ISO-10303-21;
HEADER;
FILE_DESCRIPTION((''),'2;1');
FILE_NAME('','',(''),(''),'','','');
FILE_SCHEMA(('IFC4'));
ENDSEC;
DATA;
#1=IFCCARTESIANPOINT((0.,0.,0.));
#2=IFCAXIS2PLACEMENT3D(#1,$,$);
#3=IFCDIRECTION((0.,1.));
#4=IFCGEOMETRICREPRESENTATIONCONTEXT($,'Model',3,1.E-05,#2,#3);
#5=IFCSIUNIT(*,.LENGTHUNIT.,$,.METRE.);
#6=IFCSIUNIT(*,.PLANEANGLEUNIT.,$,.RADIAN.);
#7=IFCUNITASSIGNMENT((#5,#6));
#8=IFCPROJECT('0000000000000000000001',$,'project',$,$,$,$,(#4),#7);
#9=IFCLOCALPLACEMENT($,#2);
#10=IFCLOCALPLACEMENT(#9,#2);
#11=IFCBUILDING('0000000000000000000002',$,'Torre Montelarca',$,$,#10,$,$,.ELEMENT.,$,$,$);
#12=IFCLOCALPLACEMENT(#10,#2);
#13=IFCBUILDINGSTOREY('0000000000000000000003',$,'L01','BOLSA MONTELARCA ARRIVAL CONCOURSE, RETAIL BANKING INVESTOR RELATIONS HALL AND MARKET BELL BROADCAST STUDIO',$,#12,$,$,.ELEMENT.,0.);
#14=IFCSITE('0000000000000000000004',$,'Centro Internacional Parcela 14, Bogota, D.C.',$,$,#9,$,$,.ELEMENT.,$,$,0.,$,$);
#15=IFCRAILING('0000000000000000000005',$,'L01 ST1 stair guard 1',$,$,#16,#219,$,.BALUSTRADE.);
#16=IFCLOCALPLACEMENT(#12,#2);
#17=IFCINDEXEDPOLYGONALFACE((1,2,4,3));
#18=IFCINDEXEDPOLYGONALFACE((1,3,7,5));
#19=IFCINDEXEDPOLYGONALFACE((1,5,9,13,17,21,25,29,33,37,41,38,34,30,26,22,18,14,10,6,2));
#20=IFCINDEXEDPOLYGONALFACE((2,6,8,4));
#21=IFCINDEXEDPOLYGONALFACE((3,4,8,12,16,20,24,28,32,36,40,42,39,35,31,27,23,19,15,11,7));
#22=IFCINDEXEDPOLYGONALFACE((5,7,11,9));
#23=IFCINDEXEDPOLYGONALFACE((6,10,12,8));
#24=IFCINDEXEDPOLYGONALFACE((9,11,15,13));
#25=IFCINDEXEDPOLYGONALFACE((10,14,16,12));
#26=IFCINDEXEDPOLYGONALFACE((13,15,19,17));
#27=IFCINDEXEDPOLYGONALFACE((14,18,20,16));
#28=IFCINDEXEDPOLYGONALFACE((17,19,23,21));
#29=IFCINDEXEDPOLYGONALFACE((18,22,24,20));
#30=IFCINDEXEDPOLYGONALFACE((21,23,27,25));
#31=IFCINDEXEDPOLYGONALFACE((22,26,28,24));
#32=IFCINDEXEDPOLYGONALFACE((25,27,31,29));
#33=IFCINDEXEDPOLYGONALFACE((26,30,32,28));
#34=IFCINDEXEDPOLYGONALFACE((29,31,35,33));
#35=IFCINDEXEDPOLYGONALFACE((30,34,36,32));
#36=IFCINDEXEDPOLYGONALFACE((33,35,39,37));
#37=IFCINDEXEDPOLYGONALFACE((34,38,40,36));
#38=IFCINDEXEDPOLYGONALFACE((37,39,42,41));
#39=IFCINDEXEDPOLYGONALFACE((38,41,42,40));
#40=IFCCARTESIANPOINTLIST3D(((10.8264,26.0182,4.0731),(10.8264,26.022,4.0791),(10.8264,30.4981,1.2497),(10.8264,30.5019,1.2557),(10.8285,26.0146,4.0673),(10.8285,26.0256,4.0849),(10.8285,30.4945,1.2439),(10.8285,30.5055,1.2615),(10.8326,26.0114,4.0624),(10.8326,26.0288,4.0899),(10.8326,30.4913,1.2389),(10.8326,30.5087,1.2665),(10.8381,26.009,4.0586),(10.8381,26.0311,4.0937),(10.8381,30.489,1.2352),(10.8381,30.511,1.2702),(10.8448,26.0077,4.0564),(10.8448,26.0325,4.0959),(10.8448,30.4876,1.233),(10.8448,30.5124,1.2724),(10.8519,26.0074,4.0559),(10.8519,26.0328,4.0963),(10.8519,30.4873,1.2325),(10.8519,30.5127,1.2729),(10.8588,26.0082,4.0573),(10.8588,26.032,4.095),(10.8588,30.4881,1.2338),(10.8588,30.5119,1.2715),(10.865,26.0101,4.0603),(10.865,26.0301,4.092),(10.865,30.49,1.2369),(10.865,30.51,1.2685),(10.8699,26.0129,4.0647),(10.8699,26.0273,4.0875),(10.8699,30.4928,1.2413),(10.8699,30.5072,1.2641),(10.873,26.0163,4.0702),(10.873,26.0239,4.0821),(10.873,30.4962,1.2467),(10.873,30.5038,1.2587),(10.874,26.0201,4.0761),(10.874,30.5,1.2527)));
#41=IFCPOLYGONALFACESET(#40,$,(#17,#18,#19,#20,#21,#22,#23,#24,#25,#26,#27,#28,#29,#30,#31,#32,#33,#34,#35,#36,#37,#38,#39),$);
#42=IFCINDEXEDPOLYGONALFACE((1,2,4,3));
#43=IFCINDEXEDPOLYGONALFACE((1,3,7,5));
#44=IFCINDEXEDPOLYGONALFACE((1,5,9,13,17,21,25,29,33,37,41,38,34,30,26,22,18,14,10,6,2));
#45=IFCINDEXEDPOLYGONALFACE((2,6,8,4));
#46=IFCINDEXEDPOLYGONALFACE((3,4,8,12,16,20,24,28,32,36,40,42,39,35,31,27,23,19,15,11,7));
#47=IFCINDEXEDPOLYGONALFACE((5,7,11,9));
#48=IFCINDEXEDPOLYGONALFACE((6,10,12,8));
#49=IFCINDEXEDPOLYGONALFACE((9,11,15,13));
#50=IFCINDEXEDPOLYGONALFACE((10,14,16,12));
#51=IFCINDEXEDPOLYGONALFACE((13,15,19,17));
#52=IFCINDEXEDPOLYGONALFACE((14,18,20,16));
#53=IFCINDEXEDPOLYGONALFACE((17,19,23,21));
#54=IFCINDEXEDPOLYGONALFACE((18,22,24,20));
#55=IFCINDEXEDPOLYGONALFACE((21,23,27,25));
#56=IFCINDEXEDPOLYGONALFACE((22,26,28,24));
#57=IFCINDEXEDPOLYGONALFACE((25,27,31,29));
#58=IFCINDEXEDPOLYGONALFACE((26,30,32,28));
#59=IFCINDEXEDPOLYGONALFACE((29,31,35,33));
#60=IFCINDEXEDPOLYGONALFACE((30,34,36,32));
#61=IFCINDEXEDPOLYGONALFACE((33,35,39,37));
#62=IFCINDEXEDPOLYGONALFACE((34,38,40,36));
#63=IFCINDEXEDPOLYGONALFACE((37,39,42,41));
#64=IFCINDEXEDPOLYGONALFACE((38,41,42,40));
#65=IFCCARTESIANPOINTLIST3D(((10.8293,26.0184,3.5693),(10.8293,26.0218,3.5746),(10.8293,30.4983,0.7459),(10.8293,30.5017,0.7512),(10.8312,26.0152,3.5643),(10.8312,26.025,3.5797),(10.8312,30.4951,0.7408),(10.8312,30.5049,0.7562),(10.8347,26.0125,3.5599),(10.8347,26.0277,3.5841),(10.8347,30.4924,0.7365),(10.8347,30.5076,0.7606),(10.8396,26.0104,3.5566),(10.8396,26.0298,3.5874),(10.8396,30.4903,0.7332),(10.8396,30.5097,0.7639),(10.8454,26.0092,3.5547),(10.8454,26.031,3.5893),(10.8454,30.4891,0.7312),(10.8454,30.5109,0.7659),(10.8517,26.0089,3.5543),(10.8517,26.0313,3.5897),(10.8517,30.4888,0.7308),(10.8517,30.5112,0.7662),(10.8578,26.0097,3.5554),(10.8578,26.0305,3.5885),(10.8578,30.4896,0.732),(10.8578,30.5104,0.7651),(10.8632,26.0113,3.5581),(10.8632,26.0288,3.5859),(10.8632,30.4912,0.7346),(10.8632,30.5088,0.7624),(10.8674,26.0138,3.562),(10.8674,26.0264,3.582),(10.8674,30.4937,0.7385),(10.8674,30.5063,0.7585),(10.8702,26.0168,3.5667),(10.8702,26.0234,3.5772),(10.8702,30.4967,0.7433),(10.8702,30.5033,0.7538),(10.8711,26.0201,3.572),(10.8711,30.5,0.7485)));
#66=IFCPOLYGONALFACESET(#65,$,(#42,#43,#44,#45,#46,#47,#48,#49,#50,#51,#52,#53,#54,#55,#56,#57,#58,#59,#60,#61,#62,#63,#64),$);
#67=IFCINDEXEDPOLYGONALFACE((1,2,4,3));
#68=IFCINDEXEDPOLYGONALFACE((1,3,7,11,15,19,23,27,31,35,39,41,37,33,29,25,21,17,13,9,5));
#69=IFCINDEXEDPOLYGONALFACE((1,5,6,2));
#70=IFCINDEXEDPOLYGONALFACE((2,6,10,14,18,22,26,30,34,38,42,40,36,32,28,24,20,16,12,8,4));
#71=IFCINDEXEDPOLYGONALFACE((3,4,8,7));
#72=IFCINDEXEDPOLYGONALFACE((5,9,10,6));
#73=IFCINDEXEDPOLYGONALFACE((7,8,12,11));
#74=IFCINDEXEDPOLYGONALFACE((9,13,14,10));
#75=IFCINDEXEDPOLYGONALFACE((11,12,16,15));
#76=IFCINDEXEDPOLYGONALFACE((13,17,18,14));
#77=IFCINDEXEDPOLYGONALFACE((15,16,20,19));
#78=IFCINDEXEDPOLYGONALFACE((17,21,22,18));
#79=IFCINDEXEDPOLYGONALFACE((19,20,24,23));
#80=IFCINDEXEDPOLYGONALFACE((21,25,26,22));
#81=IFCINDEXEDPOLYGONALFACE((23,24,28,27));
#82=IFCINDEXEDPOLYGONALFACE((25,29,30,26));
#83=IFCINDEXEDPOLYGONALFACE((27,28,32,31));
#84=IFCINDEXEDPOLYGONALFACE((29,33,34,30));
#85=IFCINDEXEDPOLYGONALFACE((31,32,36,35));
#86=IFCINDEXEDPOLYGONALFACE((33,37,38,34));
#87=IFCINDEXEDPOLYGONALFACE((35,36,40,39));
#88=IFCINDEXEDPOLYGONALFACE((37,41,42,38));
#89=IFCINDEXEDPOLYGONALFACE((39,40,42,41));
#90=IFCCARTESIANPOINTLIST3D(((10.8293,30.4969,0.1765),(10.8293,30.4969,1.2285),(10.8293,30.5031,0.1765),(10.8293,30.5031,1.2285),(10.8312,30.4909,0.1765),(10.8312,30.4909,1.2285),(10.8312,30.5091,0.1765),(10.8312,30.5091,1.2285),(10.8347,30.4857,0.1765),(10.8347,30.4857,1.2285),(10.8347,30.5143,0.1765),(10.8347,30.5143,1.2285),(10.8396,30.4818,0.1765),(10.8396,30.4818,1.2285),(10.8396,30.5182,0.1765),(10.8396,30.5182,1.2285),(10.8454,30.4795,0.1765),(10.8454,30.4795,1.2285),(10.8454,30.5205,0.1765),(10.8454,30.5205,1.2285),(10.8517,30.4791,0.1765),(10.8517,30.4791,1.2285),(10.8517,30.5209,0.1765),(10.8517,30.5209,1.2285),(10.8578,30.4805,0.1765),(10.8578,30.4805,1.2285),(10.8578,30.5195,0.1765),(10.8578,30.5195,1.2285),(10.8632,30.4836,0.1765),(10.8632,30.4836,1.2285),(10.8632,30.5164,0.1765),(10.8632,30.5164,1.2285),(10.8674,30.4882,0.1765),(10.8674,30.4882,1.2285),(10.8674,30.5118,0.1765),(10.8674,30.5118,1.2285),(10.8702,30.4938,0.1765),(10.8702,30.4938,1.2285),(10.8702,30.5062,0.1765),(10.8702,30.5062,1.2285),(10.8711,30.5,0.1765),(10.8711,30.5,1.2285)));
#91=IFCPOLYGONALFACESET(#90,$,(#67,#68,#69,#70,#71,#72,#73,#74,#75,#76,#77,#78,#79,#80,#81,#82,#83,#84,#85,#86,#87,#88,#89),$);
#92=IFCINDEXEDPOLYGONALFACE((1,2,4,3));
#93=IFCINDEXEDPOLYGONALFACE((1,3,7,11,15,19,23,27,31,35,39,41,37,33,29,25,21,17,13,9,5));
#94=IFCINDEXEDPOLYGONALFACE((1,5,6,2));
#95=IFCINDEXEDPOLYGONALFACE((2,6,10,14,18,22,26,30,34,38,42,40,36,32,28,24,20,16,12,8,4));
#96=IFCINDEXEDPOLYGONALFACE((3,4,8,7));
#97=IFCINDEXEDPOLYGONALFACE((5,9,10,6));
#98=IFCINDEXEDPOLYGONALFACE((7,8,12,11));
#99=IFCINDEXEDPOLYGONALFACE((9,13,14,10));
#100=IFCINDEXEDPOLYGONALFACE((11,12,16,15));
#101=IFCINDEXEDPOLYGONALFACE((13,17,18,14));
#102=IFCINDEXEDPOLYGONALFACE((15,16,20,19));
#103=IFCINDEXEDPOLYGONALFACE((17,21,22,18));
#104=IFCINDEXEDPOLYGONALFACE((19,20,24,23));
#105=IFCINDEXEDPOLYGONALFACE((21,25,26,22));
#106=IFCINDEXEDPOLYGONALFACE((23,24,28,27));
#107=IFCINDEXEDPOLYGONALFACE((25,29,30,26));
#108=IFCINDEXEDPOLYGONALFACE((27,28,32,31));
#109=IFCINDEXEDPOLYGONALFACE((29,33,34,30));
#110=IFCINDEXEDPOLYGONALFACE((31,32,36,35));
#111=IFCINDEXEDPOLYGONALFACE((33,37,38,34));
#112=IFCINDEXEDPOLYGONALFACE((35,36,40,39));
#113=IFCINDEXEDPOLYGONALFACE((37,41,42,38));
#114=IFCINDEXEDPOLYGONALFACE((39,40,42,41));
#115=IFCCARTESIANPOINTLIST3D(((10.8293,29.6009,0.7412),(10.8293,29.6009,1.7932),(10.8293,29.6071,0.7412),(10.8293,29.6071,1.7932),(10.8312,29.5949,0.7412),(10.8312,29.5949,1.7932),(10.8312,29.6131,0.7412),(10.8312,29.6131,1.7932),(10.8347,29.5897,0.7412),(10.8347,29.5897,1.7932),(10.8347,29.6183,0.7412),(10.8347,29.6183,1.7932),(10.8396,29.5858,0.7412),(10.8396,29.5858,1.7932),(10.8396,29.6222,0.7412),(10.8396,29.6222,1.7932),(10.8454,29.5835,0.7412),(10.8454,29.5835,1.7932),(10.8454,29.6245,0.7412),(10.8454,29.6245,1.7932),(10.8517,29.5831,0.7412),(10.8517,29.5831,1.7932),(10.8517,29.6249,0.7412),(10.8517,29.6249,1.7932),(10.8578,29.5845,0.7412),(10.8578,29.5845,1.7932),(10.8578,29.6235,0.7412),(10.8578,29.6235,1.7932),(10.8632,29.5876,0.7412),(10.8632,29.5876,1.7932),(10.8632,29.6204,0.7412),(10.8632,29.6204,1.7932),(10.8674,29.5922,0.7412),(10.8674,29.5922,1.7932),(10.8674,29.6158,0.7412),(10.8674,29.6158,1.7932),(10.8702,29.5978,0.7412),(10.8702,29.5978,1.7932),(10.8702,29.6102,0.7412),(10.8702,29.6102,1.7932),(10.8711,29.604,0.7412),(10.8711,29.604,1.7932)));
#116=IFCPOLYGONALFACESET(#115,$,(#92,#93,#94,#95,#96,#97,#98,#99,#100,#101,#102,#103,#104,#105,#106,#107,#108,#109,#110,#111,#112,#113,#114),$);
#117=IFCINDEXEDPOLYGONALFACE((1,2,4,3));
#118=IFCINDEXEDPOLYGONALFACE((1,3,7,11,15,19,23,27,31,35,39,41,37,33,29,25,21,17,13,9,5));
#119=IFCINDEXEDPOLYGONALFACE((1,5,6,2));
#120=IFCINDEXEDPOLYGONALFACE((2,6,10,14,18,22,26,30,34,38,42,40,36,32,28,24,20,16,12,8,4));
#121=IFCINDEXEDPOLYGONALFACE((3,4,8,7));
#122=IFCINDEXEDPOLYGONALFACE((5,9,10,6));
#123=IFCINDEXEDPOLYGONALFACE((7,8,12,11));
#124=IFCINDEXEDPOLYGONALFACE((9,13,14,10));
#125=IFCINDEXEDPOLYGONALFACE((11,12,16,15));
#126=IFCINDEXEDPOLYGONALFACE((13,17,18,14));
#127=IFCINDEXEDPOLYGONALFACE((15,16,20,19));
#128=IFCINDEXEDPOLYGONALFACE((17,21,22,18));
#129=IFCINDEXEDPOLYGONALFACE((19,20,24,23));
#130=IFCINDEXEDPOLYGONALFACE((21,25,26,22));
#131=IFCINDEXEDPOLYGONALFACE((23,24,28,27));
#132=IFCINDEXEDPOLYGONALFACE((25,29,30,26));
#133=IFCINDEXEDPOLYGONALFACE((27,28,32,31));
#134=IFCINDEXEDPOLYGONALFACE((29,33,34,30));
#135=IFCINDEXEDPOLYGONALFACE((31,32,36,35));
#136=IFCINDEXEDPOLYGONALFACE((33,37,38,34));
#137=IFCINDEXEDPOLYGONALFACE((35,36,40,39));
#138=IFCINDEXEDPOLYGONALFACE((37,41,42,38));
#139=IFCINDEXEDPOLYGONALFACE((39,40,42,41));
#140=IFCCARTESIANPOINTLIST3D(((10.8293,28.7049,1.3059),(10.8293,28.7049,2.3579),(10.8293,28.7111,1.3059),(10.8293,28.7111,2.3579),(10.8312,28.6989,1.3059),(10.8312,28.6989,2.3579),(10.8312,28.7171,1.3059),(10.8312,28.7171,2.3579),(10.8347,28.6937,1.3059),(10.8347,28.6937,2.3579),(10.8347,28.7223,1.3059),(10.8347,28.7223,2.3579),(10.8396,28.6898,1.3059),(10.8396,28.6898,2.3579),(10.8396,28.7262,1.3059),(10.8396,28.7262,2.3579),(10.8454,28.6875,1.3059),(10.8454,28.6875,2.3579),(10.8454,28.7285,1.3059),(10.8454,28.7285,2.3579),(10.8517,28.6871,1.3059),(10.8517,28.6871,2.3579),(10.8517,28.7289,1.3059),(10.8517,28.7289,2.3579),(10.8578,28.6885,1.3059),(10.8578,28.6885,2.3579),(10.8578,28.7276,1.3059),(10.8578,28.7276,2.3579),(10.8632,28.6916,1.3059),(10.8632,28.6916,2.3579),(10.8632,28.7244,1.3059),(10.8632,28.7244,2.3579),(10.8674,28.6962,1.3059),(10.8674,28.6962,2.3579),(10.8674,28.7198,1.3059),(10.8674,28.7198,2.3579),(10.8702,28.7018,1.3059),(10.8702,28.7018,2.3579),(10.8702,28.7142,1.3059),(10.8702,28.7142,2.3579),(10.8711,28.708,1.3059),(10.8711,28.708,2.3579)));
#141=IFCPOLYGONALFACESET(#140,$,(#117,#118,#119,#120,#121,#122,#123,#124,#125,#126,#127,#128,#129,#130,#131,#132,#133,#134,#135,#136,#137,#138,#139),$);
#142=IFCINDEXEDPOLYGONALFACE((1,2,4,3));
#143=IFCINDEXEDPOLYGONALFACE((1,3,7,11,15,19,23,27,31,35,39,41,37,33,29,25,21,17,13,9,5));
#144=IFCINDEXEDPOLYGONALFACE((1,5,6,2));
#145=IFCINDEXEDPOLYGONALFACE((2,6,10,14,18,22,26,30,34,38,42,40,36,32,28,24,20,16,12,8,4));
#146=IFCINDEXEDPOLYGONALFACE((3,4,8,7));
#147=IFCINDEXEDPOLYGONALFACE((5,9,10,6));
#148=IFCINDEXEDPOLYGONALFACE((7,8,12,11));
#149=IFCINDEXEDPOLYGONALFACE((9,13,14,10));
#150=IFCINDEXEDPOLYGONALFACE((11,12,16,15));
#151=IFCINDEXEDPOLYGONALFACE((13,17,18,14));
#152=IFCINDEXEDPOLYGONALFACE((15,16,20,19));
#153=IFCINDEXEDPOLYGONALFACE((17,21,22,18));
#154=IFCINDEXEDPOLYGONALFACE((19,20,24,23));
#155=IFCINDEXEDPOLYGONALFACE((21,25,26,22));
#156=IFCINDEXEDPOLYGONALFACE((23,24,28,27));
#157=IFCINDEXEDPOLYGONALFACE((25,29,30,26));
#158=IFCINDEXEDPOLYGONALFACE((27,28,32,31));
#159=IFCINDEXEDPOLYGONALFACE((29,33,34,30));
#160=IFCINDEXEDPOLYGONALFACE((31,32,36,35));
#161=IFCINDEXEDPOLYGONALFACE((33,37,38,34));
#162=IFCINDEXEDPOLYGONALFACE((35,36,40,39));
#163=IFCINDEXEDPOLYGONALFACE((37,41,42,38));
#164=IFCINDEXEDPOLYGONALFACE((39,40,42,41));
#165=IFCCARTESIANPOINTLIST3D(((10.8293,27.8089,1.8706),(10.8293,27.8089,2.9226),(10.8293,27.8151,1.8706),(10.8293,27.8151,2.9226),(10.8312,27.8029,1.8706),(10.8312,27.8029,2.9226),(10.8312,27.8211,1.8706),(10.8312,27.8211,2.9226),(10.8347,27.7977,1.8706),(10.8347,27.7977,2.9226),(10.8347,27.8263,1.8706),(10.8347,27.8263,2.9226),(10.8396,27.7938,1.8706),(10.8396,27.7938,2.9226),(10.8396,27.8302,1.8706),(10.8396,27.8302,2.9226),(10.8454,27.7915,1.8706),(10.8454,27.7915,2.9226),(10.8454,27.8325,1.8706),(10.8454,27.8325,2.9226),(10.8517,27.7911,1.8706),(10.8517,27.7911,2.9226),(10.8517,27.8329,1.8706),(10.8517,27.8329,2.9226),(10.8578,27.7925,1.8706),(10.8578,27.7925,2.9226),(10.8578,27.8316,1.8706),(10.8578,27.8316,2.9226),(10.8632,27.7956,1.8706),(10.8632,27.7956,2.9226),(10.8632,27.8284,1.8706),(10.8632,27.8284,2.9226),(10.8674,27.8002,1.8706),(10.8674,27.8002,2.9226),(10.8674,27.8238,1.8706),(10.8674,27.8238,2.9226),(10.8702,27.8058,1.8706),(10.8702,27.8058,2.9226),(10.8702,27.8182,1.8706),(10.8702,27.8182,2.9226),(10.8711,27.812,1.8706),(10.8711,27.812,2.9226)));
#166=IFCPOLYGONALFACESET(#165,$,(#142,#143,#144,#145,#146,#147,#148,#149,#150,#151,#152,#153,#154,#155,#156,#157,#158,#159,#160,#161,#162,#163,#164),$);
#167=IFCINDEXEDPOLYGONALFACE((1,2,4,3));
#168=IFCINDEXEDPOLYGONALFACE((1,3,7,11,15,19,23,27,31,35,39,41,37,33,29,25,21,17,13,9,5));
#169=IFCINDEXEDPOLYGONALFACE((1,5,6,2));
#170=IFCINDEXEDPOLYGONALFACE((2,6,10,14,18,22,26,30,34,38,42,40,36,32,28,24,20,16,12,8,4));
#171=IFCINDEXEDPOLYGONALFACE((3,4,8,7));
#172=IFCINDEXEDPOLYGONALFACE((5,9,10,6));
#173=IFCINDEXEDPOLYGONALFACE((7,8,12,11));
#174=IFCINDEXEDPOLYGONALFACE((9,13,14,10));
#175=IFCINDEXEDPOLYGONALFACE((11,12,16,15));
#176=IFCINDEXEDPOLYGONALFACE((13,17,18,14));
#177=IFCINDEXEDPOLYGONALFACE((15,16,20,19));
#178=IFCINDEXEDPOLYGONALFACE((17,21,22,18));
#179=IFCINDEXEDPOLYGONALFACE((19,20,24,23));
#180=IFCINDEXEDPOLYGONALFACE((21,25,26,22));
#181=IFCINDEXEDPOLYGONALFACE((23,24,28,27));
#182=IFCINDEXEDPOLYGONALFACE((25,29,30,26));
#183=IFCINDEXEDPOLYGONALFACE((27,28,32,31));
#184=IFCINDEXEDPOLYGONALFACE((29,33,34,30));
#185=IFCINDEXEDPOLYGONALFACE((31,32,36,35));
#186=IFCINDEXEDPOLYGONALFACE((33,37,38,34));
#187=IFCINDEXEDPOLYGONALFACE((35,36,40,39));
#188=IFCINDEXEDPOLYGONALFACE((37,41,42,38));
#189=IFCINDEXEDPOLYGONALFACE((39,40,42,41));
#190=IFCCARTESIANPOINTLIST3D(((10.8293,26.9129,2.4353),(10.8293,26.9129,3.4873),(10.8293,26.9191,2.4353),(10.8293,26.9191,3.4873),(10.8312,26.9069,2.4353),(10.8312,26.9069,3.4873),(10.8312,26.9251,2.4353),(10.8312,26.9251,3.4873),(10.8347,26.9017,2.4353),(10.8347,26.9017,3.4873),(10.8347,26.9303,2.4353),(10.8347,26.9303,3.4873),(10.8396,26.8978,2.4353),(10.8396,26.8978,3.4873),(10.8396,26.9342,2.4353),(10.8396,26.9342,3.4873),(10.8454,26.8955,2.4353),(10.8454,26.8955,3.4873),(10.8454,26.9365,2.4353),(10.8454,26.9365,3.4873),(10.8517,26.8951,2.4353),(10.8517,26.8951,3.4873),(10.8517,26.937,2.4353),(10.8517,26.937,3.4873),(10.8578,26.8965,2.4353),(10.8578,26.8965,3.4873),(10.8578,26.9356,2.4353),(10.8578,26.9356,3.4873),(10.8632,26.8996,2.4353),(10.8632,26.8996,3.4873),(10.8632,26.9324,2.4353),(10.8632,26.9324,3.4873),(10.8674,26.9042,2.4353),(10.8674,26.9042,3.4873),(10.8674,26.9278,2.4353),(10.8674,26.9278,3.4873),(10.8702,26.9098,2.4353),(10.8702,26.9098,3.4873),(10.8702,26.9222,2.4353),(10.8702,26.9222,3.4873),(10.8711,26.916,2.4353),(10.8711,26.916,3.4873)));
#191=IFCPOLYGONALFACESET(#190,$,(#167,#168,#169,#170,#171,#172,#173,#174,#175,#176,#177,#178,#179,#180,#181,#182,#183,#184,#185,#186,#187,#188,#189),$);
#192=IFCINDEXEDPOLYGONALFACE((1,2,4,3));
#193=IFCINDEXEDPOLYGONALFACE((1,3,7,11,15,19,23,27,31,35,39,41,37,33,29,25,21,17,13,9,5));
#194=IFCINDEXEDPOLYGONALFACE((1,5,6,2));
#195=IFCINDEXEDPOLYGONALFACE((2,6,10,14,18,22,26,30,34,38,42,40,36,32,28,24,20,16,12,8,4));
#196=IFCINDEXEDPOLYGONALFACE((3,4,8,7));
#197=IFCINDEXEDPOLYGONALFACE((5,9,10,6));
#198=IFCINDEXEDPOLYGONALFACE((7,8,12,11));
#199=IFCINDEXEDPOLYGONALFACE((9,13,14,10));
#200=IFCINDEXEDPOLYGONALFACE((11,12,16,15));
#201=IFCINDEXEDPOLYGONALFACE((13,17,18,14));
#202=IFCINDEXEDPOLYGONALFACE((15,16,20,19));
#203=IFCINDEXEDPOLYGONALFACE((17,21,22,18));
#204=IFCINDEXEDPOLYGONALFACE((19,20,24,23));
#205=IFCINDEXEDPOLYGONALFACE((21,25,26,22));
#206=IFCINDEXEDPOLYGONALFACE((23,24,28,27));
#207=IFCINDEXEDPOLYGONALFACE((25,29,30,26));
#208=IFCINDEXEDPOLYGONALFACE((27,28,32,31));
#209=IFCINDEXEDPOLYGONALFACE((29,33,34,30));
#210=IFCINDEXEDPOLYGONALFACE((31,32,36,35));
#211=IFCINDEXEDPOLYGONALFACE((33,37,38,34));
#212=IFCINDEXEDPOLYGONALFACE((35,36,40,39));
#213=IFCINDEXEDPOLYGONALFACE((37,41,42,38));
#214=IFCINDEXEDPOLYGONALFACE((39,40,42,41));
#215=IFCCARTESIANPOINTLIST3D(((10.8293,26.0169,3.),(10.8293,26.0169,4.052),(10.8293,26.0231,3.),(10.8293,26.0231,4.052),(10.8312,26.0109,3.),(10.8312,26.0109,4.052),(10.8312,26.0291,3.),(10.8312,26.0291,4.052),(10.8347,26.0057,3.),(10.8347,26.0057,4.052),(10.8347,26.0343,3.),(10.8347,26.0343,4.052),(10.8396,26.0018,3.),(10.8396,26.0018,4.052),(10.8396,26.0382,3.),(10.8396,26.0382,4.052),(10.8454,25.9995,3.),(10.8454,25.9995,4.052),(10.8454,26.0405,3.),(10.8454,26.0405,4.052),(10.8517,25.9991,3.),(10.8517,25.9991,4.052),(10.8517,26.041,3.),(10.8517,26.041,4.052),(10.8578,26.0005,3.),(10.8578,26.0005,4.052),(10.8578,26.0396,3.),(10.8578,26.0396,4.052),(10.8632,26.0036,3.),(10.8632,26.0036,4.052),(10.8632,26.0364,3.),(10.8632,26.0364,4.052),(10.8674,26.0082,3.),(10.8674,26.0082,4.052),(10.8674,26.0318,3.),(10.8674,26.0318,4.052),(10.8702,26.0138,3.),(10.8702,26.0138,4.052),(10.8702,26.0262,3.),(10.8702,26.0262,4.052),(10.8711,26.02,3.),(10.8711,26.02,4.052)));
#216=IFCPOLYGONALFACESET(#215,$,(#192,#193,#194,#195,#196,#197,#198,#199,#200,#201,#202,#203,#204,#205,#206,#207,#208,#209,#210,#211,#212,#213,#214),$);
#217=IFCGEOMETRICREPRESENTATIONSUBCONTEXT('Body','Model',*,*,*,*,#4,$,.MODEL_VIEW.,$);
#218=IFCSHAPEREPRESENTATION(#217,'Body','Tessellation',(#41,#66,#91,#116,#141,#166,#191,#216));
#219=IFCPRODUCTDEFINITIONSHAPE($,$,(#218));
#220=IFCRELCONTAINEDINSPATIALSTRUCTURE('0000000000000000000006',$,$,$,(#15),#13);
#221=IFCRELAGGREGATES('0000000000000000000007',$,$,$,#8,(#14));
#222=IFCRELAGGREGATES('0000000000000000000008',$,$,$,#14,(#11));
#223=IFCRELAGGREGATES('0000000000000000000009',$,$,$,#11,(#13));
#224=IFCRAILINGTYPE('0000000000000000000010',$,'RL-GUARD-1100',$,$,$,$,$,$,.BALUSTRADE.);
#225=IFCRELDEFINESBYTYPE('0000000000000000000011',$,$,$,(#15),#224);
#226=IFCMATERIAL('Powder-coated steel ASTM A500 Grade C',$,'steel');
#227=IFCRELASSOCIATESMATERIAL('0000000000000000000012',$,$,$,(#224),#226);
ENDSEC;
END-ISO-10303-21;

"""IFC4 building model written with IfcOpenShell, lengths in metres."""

from ifc_helpers import new_model, si_unit, direction, frame, origin, origin_2d, place, context, subcontext, project, spatial, circle, extrude, material, type_object, element, save


model = new_model("IFC4")

# Units and contexts
model_context = context("Model", 3, precision=1e-05, world=origin(), true_north=direction((0.0, 1.0)))
body_context = subcontext(model_context, "Body", "Model", "MODEL_VIEW")
ifc_project = project(units=[si_unit("LENGTHUNIT", "METRE"), si_unit("PLANEANGLEUNIT", "RADIAN")], contexts=[model_context])

# Site, building, storey
site_placement = place(None, origin())
site = spatial("IfcSite", under=ifc_project, at=site_placement, Name="Centro Internacional Parcela 14, Bogota, D.C.", CompositionType="ELEMENT", RefElevation=0.0)
building_placement = place(site_placement, origin())
building = spatial("IfcBuilding", under=site, at=building_placement, Name="Torre Montelarca", CompositionType="ELEMENT")
storey_placement = place(building_placement, origin())
storey = spatial("IfcBuildingStorey", under=building, at=storey_placement, Name="L01", Description="BOLSA MONTELARCA ARRIVAL CONCOURSE, RETAIL BANKING INVESTOR RELATIONS HALL AND MARKET BELL BROADCAST STUDIO", CompositionType="ELEMENT", Elevation=0.0)

# Railing
ifc_material_1 = material(Name="Powder-coated steel ASTM A500 Grade C", Category="steel")
railing_type_1 = type_object("IfcRailingType", Name="RL-GUARD-1100", PredefinedType="BALUSTRADE", material=ifc_material_1)
railing_1_placement = place(storey_placement, frame((10.8501, 30.5, 0.1765)))
element("IfcRailing", 1, at=railing_1_placement, inside=storey, type_object=railing_type_1, Name="L01 ST1 stair guard 1", PredefinedType="BALUSTRADE", context=body_context, shape_type="SweptSolid", body=[
    extrude(circle(Radius=0.0239, at=origin_2d()), frame((0.0, 0.0, 1.0762), z_axis=(0.0, -0.845998, 0.533186), x_axis=(1.0, 0.0, 0.0)), (0.0, 0.0, 1.0), 5.2954),
    extrude(circle(Radius=0.021, at=origin_2d()), frame((0.0, 0.0, 0.572), z_axis=(0.0, -0.845998, 0.533186), x_axis=(1.0, 0.0, 0.0)), (0.0, 0.0, 1.0), 5.2954),
    extrude(circle(Radius=0.021, at=origin_2d()), origin(), (0.0, 0.0, 1.0), 1.052),
    extrude(circle(Radius=0.021, at=origin_2d()), frame((0.0, -0.896, 0.5647)), (0.0, 0.0, 1.0), 1.052),
    extrude(circle(Radius=0.021, at=origin_2d()), frame((0.0, -1.792, 1.1294)), (0.0, 0.0, 1.0), 1.052),
    extrude(circle(Radius=0.021, at=origin_2d()), frame((0.0, -2.688, 1.6941)), (0.0, 0.0, 1.0), 1.052),
    extrude(circle(Radius=0.021, at=origin_2d()), frame((0.0, -3.584, 2.2588)), (0.0, 0.0, 1.0), 1.052),
    extrude(circle(Radius=0.021, at=origin_2d()), frame((0.0, -4.48, 2.8235)), (0.0, 0.0, 1.0), 1.052),
])

save(model, "model.ifc")
